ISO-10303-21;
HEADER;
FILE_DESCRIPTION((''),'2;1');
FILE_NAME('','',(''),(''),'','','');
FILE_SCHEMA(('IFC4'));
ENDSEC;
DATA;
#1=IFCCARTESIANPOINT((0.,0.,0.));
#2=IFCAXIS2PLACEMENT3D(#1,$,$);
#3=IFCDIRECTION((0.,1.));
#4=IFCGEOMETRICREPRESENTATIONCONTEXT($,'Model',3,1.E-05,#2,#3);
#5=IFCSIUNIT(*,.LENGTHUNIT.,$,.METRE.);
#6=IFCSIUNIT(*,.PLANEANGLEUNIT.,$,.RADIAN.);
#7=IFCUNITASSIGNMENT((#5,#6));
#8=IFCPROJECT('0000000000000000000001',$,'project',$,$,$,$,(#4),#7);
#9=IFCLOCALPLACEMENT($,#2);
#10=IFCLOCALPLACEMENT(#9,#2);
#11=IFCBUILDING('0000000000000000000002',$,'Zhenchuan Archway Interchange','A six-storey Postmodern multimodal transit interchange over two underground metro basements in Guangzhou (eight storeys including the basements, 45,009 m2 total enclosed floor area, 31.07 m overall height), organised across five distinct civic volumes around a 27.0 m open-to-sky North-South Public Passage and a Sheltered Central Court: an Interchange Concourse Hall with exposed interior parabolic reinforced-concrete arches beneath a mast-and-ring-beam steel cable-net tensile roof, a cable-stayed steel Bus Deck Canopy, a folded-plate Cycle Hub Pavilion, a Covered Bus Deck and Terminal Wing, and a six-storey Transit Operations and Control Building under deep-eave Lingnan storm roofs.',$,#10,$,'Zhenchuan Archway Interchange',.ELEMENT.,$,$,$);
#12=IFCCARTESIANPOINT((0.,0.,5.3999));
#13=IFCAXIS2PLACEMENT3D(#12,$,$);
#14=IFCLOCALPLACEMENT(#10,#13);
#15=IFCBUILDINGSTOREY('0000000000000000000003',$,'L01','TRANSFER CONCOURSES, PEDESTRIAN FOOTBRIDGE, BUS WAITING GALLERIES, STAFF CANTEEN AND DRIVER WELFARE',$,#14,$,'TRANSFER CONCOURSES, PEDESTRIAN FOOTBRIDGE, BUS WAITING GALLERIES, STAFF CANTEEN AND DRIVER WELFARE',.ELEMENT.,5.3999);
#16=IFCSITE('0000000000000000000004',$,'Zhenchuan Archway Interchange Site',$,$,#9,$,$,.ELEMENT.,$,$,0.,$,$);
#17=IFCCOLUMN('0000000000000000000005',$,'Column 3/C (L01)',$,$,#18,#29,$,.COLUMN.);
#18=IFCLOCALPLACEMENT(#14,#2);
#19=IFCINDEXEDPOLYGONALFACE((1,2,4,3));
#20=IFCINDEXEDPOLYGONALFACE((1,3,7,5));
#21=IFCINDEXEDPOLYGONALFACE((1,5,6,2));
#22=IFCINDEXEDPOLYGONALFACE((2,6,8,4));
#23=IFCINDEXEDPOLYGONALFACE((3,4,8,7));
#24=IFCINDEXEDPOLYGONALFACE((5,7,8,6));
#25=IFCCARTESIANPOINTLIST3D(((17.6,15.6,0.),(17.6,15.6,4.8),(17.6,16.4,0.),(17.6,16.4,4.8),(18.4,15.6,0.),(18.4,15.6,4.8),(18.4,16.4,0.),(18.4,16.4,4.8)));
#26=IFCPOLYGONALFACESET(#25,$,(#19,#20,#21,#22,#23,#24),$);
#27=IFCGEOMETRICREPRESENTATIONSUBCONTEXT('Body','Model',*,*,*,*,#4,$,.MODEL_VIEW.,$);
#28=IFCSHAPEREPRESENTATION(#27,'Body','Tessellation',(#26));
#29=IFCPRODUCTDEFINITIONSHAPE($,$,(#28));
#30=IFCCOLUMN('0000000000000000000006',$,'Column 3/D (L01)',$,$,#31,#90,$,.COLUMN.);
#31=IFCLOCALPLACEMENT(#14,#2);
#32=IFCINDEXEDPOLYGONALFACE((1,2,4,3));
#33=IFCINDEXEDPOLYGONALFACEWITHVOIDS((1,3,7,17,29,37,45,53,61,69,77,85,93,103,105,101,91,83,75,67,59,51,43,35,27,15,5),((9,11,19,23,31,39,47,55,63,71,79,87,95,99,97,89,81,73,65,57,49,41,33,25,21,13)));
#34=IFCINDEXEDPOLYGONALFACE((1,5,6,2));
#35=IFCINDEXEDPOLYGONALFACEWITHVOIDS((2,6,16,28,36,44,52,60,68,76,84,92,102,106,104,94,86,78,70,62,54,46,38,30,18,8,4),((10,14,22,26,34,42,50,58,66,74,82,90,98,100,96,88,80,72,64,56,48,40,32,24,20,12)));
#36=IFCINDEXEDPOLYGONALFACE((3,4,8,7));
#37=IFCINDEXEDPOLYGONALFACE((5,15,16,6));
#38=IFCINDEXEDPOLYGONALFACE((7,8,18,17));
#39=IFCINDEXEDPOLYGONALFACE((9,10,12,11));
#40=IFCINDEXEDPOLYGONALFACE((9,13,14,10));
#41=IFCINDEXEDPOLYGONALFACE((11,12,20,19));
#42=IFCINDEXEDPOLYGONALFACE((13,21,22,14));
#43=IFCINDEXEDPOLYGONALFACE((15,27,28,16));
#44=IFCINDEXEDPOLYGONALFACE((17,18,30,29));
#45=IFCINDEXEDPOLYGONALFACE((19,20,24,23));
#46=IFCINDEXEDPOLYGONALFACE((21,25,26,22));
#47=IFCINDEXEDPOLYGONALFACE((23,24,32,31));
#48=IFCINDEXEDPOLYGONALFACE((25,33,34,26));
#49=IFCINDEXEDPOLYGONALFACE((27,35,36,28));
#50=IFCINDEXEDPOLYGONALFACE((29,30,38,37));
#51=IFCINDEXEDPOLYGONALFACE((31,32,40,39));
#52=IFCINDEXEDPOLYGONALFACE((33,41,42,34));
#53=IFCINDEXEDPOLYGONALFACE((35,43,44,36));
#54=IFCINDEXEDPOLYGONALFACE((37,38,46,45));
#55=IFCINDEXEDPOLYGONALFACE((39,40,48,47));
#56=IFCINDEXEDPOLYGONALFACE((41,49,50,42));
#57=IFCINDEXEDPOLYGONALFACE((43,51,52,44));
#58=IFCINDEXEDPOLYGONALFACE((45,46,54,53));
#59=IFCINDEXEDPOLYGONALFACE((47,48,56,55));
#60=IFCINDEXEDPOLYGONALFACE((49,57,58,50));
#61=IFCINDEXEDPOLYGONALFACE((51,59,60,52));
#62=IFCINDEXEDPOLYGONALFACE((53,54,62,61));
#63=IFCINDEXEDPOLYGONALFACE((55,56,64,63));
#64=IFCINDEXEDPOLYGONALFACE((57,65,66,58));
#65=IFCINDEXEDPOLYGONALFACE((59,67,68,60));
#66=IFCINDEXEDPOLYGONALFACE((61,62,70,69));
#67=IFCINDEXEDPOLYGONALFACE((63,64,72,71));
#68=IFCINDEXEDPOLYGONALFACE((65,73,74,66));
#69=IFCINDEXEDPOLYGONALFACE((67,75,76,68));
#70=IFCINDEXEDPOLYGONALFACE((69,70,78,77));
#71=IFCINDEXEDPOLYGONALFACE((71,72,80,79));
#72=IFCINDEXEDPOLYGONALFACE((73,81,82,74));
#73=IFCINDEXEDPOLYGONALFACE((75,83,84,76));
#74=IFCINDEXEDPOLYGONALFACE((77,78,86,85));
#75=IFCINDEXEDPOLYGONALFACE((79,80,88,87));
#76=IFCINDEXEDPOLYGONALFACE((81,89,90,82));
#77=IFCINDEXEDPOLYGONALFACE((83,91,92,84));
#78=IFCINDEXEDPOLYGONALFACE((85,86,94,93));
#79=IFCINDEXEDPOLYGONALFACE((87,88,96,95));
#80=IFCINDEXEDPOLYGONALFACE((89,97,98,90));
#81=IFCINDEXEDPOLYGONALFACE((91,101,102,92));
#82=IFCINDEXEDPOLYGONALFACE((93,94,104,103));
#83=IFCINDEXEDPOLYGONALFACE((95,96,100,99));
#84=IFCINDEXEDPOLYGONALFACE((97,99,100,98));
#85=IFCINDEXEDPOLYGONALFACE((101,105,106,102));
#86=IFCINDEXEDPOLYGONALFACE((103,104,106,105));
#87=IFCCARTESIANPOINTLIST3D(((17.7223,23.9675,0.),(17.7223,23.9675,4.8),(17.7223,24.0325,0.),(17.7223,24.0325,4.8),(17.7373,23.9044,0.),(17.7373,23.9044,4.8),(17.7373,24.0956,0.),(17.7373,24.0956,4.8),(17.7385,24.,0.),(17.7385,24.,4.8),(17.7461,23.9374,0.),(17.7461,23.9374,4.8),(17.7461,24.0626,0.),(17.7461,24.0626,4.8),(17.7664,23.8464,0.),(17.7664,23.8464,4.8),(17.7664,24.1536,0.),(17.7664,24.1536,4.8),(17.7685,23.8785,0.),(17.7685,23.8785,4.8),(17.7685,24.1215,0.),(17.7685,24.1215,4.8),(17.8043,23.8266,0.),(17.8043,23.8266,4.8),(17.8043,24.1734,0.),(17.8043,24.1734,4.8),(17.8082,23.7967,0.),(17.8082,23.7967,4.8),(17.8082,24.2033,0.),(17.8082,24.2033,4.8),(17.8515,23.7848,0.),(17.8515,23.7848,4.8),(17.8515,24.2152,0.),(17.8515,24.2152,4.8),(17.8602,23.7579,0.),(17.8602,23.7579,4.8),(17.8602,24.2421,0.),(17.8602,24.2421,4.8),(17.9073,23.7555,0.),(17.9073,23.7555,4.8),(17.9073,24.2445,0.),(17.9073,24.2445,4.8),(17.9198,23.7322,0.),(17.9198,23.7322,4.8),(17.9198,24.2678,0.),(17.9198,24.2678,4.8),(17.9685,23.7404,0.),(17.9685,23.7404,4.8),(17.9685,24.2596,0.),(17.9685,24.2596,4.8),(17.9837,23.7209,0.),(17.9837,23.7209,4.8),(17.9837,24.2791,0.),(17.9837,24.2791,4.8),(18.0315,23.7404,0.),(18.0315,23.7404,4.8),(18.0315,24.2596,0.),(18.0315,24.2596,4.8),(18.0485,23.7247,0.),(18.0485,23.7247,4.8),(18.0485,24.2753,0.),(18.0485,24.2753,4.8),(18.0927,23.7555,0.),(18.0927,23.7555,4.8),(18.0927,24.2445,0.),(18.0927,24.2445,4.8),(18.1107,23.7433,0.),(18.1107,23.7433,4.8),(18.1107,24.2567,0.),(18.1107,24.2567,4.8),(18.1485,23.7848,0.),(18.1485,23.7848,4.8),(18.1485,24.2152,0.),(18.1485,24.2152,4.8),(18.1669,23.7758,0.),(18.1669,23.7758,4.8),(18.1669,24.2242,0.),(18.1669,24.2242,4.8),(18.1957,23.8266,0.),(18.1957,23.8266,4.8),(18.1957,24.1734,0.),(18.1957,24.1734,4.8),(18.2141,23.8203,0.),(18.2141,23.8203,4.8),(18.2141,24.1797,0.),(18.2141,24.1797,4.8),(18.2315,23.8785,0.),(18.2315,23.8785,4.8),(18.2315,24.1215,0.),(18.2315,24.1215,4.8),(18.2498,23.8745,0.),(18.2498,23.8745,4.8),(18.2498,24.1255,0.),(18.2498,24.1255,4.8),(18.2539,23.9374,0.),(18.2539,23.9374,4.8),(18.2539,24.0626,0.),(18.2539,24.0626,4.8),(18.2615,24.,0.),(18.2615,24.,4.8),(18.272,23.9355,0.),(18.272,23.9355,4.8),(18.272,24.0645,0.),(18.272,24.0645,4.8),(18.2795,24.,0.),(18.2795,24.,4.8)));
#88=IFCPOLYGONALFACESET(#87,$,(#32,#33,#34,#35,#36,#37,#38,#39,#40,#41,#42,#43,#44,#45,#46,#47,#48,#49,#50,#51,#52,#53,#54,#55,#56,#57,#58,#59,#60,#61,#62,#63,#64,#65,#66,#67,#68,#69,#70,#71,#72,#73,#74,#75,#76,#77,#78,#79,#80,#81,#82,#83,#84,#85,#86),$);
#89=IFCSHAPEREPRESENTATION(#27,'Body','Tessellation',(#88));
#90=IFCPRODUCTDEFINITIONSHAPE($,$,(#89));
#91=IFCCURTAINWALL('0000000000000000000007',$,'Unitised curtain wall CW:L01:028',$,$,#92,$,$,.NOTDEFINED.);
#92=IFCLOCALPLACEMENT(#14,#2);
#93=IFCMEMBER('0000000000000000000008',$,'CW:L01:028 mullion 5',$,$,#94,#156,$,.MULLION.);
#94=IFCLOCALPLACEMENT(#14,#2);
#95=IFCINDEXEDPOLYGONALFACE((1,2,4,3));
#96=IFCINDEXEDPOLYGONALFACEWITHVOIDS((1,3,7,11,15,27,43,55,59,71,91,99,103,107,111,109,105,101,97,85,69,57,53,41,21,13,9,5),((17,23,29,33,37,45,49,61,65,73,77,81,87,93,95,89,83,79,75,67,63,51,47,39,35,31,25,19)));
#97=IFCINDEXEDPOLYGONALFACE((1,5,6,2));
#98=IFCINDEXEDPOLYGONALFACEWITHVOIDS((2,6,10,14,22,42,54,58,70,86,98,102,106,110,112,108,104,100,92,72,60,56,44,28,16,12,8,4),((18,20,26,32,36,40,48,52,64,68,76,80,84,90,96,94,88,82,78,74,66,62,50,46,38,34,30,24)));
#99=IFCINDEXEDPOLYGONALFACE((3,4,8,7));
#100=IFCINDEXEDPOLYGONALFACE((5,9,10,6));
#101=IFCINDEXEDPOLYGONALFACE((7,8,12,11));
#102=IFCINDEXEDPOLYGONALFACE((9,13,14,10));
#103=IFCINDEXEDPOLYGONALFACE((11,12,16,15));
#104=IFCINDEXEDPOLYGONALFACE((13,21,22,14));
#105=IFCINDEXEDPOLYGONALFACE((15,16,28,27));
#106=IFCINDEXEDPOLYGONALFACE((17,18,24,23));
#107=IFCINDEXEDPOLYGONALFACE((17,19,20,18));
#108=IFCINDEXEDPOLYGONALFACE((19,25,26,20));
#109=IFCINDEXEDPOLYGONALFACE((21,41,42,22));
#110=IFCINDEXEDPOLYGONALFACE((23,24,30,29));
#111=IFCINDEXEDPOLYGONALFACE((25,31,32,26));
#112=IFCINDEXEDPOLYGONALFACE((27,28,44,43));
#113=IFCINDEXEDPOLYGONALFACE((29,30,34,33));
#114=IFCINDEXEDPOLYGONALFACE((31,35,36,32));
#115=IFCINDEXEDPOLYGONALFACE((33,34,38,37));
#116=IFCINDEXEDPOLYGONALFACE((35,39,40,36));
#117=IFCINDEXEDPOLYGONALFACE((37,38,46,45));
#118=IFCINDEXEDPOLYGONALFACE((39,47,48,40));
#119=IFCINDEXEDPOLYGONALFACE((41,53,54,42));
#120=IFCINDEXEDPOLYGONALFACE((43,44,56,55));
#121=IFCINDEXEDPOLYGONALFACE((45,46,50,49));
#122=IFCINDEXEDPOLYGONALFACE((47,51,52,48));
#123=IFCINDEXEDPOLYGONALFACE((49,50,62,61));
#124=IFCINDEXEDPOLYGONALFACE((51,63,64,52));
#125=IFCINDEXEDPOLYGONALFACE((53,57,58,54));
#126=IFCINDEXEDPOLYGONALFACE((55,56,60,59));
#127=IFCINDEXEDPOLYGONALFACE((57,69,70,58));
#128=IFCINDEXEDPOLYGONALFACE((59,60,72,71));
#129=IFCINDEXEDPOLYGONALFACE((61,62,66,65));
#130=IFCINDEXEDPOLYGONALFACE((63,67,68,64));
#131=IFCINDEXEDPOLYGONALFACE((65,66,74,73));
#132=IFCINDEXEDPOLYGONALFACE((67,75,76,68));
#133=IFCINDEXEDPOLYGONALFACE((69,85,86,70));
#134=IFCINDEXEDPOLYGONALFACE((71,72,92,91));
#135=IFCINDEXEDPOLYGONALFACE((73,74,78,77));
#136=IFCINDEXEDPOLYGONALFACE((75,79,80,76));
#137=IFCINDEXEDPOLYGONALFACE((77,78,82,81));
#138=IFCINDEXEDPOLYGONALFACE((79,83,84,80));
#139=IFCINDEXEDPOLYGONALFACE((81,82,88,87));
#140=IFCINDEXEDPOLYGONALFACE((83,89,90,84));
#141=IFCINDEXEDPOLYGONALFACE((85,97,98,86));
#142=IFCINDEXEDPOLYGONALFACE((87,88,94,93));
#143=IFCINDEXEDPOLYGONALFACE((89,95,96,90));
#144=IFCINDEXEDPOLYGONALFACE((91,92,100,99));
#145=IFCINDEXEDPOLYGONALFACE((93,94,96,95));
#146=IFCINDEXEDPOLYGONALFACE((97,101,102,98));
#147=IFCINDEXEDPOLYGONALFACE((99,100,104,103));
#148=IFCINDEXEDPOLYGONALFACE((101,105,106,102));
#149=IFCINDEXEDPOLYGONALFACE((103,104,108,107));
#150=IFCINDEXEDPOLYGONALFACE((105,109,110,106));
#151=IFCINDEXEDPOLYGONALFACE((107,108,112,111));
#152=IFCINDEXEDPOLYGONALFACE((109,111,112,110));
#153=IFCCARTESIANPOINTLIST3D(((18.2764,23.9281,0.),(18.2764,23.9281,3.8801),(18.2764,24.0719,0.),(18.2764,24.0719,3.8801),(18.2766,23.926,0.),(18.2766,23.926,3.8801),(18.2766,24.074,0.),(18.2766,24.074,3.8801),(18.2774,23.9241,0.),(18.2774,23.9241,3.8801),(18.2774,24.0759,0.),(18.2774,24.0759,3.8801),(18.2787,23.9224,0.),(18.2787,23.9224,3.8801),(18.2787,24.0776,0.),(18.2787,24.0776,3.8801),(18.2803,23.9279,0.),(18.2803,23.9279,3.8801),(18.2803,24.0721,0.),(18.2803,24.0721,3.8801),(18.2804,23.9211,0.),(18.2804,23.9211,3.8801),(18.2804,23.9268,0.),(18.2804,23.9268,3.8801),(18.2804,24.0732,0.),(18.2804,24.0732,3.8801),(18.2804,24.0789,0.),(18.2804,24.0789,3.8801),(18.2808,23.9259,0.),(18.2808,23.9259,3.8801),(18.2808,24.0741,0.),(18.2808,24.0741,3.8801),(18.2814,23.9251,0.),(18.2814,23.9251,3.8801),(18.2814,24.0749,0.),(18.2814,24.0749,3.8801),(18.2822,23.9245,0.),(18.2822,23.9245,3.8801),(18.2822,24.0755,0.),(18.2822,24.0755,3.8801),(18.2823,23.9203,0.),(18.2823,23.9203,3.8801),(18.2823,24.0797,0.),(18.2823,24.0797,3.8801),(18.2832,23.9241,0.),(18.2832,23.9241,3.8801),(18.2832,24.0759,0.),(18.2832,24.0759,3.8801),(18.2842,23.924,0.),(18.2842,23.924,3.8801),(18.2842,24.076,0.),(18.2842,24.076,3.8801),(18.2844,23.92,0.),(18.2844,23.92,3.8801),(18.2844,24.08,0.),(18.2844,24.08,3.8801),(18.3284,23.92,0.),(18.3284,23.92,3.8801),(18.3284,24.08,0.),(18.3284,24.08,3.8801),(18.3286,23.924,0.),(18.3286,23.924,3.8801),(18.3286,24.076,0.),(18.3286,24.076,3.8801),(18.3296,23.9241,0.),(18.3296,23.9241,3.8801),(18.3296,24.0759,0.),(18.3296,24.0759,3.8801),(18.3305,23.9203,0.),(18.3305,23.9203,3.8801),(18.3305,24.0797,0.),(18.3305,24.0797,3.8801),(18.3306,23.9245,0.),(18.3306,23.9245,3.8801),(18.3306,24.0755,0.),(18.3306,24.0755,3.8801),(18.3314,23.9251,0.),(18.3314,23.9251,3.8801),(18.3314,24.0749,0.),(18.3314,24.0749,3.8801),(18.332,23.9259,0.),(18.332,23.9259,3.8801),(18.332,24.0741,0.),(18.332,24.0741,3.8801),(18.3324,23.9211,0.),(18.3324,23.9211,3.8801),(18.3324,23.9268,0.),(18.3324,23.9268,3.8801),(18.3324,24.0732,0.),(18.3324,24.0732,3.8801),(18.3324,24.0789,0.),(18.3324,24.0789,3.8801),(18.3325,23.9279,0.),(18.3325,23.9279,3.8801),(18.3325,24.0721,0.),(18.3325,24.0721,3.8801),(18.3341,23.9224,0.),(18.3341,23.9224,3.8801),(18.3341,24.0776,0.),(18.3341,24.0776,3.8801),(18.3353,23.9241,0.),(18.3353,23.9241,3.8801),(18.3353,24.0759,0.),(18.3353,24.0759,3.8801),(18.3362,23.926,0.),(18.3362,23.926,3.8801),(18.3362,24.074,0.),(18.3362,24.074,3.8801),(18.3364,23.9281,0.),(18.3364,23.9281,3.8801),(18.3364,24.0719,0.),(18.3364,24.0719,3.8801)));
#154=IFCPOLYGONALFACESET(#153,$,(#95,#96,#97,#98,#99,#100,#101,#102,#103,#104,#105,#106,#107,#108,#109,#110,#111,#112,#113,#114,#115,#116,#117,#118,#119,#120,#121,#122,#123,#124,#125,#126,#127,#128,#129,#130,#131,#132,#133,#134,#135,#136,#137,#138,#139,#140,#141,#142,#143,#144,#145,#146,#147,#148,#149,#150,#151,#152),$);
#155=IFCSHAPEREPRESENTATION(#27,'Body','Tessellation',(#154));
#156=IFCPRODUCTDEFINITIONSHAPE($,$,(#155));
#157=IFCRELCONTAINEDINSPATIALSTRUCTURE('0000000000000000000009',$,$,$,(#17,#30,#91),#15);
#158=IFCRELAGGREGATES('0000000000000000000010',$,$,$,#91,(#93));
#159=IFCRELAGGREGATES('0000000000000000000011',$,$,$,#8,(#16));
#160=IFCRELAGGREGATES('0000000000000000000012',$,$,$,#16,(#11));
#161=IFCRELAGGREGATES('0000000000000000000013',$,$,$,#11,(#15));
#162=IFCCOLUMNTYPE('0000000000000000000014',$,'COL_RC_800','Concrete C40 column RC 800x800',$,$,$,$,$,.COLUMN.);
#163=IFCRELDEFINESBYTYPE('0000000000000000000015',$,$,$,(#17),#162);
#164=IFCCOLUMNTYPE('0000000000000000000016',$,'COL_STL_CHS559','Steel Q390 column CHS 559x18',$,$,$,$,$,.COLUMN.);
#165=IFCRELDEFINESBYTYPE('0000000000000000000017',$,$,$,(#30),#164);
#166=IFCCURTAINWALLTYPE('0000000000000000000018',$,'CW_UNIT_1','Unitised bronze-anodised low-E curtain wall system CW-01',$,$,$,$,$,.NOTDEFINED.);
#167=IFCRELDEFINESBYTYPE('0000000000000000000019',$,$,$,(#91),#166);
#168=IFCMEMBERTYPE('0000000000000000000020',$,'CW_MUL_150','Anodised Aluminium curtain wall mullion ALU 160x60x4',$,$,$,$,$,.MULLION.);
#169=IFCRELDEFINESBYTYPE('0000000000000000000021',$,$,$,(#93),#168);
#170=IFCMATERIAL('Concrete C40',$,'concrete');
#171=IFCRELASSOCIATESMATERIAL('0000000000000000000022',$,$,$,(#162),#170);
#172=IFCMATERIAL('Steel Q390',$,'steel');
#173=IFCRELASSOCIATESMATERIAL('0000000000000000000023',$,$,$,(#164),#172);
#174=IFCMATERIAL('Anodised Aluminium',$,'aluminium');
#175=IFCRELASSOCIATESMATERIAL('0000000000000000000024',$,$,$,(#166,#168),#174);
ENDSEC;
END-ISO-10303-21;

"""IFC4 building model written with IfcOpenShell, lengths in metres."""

from ifc_helpers import new_model, si_unit, direction, frame, origin, origin_2d, place, context, subcontext, project, spatial, rectangle, hollow_rectangle, hollow_circle, extrude, material, material_profile, profile_set, type_object, element, aggregate, save


model = new_model("IFC4")

# Units and contexts
model_context = context("Model", 3, precision=1e-05, world=origin(), true_north=direction((0.0, 1.0)))
body_context = subcontext(model_context, "Body", "Model", "MODEL_VIEW")
ifc_project = project(units=[si_unit("LENGTHUNIT", "METRE"), si_unit("PLANEANGLEUNIT", "RADIAN")], contexts=[model_context])

# Site, building, storey
site_placement = place(None, origin())
site = spatial("IfcSite", under=ifc_project, at=site_placement, Name="Zhenchuan Archway Interchange Site", CompositionType="ELEMENT", RefElevation=0.0)
building_placement = place(site_placement, origin())
building = spatial("IfcBuilding", under=site, at=building_placement, Name="Zhenchuan Archway Interchange", Description="A six-storey Postmodern multimodal transit interchange over two underground metro basements in Guangzhou (eight storeys including the basements, 45,009 m2 total enclosed floor area, 31.07 m overall height), organised across five distinct civic volumes around a 27.0 m open-to-sky North-South Public Passage and a Sheltered Central Court: an Interchange Concourse Hall with exposed interior parabolic reinforced-concrete arches beneath a mast-and-ring-beam steel cable-net tensile roof, a cable-stayed steel Bus Deck Canopy, a folded-plate Cycle Hub Pavilion, a Covered Bus Deck and Terminal Wing, and a six-storey Transit Operations and Control Building under deep-eave Lingnan storm roofs.", LongName="Zhenchuan Archway Interchange", CompositionType="ELEMENT")
storey_placement = place(building_placement, frame((0.0, 0.0, 5.3999)))
storey = spatial("IfcBuildingStorey", under=building, at=storey_placement, Name="L01", Description="TRANSFER CONCOURSES, PEDESTRIAN FOOTBRIDGE, BUS WAITING GALLERIES, STAFF CANTEEN AND DRIVER WELFARE", LongName="TRANSFER CONCOURSES, PEDESTRIAN FOOTBRIDGE, BUS WAITING GALLERIES, STAFF CANTEEN AND DRIVER WELFARE", CompositionType="ELEMENT", Elevation=5.3999)

# Columns
ifc_material_1 = material(Name="Concrete C40", Category="concrete")
ifc_material_profile_1 = material_profile(ifc_material_1, rectangle(XDim=0.8, YDim=0.8, at=origin_2d()), Name="RC 800x800")
ifc_profile_set_1 = profile_set([ifc_material_profile_1], Name="Concrete C40")
column_type_1 = type_object("IfcColumnType", Name="COL_RC_800", Description="Concrete C40 column RC 800x800", PredefinedType="COLUMN", material=ifc_profile_set_1)
column_1_placement = place(storey_placement, frame((18.0, 16.0, 0.0), z_axis=(0.0, 0.0, 1.0), x_axis=(1.0, 0.0, 0.0)))
element("IfcColumn", 1, at=column_1_placement, inside=storey, type_object=column_type_1, Name="Column 3/C (L01)", PredefinedType="COLUMN", context=body_context, shape_type="SweptSolid", body=[
    extrude(rectangle(XDim=0.8, YDim=0.8, at=origin_2d()), origin(), (0.0, 0.0, 1.0), 4.8),
])
ifc_material_2 = material(Name="Steel Q390", Category="steel")
ifc_material_profile_2 = material_profile(ifc_material_2, hollow_circle(Radius=0.2795, WallThickness=0.0181, at=origin_2d()), Name="CHS 559x18")
ifc_profile_set_2 = profile_set([ifc_material_profile_2], Name="Steel Q390")
column_type_2 = type_object("IfcColumnType", Name="COL_STL_CHS559", Description="Steel Q390 column CHS 559x18", PredefinedType="COLUMN", material=ifc_profile_set_2)
column_2_placement = place(storey_placement, frame((18.0, 24.0, 0.0), z_axis=(0.0, 0.0, 1.0), x_axis=(1.0, 0.0, 0.0)))
element("IfcColumn", 2, at=column_2_placement, inside=storey, type_object=column_type_2, Name="Column 3/D (L01)", PredefinedType="COLUMN", context=body_context, shape_type="SweptSolid", body=[
    extrude(hollow_circle(Radius=0.2795, WallThickness=0.0181, at=origin_2d()), origin(), (0.0, 0.0, 1.0), 4.8),
])

# Curtain wall, member
ifc_material_3 = material(Name="Anodised Aluminium", Category="aluminium")
curtain_wall_type_1 = type_object("IfcCurtainWallType", Name="CW_UNIT_1", Description="Unitised bronze-anodised low-E curtain wall system CW-01", PredefinedType="NOTDEFINED", material=ifc_material_3)
curtain_wall_1_placement = place(storey_placement, origin())
curtain_wall_1 = element("IfcCurtainWall", 3, at=curtain_wall_1_placement, inside=storey, type_object=curtain_wall_type_1, Name="Unitised curtain wall CW:L01:028", PredefinedType="NOTDEFINED")
ifc_material_profile_3 = material_profile(ifc_material_3, hollow_rectangle(XDim=0.0601, YDim=0.1599, WallThickness=0.0039, InnerFilletRadius=0.0039, OuterFilletRadius=0.0081, at=origin_2d()), Name="ALU 160x60x4")
ifc_profile_set_3 = profile_set([ifc_material_profile_3], Name="Anodised Aluminium")
member_type_1 = type_object("IfcMemberType", Name="CW_MUL_150", Description="Anodised Aluminium curtain wall mullion ALU 160x60x4", PredefinedType="MULLION", material=ifc_profile_set_3)
member_1_placement = place(storey_placement, frame((18.3064, 24.0, 0.0), z_axis=(0.0, 0.0, 1.0), x_axis=(1.0, 0.0, 0.0)))
member_1 = element("IfcMember", 4, at=member_1_placement, type_object=member_type_1, Name="CW:L01:028 mullion 5", PredefinedType="MULLION", context=body_context, shape_type="SweptSolid", body=[
    extrude(hollow_rectangle(XDim=0.0601, YDim=0.1599, WallThickness=0.0039, InnerFilletRadius=0.0039, OuterFilletRadius=0.0081, at=origin_2d()), origin(), (0.0, 0.0, 1.0), 3.8801),
])

aggregate(curtain_wall_1, [member_1])

save(model, "model.ifc")
